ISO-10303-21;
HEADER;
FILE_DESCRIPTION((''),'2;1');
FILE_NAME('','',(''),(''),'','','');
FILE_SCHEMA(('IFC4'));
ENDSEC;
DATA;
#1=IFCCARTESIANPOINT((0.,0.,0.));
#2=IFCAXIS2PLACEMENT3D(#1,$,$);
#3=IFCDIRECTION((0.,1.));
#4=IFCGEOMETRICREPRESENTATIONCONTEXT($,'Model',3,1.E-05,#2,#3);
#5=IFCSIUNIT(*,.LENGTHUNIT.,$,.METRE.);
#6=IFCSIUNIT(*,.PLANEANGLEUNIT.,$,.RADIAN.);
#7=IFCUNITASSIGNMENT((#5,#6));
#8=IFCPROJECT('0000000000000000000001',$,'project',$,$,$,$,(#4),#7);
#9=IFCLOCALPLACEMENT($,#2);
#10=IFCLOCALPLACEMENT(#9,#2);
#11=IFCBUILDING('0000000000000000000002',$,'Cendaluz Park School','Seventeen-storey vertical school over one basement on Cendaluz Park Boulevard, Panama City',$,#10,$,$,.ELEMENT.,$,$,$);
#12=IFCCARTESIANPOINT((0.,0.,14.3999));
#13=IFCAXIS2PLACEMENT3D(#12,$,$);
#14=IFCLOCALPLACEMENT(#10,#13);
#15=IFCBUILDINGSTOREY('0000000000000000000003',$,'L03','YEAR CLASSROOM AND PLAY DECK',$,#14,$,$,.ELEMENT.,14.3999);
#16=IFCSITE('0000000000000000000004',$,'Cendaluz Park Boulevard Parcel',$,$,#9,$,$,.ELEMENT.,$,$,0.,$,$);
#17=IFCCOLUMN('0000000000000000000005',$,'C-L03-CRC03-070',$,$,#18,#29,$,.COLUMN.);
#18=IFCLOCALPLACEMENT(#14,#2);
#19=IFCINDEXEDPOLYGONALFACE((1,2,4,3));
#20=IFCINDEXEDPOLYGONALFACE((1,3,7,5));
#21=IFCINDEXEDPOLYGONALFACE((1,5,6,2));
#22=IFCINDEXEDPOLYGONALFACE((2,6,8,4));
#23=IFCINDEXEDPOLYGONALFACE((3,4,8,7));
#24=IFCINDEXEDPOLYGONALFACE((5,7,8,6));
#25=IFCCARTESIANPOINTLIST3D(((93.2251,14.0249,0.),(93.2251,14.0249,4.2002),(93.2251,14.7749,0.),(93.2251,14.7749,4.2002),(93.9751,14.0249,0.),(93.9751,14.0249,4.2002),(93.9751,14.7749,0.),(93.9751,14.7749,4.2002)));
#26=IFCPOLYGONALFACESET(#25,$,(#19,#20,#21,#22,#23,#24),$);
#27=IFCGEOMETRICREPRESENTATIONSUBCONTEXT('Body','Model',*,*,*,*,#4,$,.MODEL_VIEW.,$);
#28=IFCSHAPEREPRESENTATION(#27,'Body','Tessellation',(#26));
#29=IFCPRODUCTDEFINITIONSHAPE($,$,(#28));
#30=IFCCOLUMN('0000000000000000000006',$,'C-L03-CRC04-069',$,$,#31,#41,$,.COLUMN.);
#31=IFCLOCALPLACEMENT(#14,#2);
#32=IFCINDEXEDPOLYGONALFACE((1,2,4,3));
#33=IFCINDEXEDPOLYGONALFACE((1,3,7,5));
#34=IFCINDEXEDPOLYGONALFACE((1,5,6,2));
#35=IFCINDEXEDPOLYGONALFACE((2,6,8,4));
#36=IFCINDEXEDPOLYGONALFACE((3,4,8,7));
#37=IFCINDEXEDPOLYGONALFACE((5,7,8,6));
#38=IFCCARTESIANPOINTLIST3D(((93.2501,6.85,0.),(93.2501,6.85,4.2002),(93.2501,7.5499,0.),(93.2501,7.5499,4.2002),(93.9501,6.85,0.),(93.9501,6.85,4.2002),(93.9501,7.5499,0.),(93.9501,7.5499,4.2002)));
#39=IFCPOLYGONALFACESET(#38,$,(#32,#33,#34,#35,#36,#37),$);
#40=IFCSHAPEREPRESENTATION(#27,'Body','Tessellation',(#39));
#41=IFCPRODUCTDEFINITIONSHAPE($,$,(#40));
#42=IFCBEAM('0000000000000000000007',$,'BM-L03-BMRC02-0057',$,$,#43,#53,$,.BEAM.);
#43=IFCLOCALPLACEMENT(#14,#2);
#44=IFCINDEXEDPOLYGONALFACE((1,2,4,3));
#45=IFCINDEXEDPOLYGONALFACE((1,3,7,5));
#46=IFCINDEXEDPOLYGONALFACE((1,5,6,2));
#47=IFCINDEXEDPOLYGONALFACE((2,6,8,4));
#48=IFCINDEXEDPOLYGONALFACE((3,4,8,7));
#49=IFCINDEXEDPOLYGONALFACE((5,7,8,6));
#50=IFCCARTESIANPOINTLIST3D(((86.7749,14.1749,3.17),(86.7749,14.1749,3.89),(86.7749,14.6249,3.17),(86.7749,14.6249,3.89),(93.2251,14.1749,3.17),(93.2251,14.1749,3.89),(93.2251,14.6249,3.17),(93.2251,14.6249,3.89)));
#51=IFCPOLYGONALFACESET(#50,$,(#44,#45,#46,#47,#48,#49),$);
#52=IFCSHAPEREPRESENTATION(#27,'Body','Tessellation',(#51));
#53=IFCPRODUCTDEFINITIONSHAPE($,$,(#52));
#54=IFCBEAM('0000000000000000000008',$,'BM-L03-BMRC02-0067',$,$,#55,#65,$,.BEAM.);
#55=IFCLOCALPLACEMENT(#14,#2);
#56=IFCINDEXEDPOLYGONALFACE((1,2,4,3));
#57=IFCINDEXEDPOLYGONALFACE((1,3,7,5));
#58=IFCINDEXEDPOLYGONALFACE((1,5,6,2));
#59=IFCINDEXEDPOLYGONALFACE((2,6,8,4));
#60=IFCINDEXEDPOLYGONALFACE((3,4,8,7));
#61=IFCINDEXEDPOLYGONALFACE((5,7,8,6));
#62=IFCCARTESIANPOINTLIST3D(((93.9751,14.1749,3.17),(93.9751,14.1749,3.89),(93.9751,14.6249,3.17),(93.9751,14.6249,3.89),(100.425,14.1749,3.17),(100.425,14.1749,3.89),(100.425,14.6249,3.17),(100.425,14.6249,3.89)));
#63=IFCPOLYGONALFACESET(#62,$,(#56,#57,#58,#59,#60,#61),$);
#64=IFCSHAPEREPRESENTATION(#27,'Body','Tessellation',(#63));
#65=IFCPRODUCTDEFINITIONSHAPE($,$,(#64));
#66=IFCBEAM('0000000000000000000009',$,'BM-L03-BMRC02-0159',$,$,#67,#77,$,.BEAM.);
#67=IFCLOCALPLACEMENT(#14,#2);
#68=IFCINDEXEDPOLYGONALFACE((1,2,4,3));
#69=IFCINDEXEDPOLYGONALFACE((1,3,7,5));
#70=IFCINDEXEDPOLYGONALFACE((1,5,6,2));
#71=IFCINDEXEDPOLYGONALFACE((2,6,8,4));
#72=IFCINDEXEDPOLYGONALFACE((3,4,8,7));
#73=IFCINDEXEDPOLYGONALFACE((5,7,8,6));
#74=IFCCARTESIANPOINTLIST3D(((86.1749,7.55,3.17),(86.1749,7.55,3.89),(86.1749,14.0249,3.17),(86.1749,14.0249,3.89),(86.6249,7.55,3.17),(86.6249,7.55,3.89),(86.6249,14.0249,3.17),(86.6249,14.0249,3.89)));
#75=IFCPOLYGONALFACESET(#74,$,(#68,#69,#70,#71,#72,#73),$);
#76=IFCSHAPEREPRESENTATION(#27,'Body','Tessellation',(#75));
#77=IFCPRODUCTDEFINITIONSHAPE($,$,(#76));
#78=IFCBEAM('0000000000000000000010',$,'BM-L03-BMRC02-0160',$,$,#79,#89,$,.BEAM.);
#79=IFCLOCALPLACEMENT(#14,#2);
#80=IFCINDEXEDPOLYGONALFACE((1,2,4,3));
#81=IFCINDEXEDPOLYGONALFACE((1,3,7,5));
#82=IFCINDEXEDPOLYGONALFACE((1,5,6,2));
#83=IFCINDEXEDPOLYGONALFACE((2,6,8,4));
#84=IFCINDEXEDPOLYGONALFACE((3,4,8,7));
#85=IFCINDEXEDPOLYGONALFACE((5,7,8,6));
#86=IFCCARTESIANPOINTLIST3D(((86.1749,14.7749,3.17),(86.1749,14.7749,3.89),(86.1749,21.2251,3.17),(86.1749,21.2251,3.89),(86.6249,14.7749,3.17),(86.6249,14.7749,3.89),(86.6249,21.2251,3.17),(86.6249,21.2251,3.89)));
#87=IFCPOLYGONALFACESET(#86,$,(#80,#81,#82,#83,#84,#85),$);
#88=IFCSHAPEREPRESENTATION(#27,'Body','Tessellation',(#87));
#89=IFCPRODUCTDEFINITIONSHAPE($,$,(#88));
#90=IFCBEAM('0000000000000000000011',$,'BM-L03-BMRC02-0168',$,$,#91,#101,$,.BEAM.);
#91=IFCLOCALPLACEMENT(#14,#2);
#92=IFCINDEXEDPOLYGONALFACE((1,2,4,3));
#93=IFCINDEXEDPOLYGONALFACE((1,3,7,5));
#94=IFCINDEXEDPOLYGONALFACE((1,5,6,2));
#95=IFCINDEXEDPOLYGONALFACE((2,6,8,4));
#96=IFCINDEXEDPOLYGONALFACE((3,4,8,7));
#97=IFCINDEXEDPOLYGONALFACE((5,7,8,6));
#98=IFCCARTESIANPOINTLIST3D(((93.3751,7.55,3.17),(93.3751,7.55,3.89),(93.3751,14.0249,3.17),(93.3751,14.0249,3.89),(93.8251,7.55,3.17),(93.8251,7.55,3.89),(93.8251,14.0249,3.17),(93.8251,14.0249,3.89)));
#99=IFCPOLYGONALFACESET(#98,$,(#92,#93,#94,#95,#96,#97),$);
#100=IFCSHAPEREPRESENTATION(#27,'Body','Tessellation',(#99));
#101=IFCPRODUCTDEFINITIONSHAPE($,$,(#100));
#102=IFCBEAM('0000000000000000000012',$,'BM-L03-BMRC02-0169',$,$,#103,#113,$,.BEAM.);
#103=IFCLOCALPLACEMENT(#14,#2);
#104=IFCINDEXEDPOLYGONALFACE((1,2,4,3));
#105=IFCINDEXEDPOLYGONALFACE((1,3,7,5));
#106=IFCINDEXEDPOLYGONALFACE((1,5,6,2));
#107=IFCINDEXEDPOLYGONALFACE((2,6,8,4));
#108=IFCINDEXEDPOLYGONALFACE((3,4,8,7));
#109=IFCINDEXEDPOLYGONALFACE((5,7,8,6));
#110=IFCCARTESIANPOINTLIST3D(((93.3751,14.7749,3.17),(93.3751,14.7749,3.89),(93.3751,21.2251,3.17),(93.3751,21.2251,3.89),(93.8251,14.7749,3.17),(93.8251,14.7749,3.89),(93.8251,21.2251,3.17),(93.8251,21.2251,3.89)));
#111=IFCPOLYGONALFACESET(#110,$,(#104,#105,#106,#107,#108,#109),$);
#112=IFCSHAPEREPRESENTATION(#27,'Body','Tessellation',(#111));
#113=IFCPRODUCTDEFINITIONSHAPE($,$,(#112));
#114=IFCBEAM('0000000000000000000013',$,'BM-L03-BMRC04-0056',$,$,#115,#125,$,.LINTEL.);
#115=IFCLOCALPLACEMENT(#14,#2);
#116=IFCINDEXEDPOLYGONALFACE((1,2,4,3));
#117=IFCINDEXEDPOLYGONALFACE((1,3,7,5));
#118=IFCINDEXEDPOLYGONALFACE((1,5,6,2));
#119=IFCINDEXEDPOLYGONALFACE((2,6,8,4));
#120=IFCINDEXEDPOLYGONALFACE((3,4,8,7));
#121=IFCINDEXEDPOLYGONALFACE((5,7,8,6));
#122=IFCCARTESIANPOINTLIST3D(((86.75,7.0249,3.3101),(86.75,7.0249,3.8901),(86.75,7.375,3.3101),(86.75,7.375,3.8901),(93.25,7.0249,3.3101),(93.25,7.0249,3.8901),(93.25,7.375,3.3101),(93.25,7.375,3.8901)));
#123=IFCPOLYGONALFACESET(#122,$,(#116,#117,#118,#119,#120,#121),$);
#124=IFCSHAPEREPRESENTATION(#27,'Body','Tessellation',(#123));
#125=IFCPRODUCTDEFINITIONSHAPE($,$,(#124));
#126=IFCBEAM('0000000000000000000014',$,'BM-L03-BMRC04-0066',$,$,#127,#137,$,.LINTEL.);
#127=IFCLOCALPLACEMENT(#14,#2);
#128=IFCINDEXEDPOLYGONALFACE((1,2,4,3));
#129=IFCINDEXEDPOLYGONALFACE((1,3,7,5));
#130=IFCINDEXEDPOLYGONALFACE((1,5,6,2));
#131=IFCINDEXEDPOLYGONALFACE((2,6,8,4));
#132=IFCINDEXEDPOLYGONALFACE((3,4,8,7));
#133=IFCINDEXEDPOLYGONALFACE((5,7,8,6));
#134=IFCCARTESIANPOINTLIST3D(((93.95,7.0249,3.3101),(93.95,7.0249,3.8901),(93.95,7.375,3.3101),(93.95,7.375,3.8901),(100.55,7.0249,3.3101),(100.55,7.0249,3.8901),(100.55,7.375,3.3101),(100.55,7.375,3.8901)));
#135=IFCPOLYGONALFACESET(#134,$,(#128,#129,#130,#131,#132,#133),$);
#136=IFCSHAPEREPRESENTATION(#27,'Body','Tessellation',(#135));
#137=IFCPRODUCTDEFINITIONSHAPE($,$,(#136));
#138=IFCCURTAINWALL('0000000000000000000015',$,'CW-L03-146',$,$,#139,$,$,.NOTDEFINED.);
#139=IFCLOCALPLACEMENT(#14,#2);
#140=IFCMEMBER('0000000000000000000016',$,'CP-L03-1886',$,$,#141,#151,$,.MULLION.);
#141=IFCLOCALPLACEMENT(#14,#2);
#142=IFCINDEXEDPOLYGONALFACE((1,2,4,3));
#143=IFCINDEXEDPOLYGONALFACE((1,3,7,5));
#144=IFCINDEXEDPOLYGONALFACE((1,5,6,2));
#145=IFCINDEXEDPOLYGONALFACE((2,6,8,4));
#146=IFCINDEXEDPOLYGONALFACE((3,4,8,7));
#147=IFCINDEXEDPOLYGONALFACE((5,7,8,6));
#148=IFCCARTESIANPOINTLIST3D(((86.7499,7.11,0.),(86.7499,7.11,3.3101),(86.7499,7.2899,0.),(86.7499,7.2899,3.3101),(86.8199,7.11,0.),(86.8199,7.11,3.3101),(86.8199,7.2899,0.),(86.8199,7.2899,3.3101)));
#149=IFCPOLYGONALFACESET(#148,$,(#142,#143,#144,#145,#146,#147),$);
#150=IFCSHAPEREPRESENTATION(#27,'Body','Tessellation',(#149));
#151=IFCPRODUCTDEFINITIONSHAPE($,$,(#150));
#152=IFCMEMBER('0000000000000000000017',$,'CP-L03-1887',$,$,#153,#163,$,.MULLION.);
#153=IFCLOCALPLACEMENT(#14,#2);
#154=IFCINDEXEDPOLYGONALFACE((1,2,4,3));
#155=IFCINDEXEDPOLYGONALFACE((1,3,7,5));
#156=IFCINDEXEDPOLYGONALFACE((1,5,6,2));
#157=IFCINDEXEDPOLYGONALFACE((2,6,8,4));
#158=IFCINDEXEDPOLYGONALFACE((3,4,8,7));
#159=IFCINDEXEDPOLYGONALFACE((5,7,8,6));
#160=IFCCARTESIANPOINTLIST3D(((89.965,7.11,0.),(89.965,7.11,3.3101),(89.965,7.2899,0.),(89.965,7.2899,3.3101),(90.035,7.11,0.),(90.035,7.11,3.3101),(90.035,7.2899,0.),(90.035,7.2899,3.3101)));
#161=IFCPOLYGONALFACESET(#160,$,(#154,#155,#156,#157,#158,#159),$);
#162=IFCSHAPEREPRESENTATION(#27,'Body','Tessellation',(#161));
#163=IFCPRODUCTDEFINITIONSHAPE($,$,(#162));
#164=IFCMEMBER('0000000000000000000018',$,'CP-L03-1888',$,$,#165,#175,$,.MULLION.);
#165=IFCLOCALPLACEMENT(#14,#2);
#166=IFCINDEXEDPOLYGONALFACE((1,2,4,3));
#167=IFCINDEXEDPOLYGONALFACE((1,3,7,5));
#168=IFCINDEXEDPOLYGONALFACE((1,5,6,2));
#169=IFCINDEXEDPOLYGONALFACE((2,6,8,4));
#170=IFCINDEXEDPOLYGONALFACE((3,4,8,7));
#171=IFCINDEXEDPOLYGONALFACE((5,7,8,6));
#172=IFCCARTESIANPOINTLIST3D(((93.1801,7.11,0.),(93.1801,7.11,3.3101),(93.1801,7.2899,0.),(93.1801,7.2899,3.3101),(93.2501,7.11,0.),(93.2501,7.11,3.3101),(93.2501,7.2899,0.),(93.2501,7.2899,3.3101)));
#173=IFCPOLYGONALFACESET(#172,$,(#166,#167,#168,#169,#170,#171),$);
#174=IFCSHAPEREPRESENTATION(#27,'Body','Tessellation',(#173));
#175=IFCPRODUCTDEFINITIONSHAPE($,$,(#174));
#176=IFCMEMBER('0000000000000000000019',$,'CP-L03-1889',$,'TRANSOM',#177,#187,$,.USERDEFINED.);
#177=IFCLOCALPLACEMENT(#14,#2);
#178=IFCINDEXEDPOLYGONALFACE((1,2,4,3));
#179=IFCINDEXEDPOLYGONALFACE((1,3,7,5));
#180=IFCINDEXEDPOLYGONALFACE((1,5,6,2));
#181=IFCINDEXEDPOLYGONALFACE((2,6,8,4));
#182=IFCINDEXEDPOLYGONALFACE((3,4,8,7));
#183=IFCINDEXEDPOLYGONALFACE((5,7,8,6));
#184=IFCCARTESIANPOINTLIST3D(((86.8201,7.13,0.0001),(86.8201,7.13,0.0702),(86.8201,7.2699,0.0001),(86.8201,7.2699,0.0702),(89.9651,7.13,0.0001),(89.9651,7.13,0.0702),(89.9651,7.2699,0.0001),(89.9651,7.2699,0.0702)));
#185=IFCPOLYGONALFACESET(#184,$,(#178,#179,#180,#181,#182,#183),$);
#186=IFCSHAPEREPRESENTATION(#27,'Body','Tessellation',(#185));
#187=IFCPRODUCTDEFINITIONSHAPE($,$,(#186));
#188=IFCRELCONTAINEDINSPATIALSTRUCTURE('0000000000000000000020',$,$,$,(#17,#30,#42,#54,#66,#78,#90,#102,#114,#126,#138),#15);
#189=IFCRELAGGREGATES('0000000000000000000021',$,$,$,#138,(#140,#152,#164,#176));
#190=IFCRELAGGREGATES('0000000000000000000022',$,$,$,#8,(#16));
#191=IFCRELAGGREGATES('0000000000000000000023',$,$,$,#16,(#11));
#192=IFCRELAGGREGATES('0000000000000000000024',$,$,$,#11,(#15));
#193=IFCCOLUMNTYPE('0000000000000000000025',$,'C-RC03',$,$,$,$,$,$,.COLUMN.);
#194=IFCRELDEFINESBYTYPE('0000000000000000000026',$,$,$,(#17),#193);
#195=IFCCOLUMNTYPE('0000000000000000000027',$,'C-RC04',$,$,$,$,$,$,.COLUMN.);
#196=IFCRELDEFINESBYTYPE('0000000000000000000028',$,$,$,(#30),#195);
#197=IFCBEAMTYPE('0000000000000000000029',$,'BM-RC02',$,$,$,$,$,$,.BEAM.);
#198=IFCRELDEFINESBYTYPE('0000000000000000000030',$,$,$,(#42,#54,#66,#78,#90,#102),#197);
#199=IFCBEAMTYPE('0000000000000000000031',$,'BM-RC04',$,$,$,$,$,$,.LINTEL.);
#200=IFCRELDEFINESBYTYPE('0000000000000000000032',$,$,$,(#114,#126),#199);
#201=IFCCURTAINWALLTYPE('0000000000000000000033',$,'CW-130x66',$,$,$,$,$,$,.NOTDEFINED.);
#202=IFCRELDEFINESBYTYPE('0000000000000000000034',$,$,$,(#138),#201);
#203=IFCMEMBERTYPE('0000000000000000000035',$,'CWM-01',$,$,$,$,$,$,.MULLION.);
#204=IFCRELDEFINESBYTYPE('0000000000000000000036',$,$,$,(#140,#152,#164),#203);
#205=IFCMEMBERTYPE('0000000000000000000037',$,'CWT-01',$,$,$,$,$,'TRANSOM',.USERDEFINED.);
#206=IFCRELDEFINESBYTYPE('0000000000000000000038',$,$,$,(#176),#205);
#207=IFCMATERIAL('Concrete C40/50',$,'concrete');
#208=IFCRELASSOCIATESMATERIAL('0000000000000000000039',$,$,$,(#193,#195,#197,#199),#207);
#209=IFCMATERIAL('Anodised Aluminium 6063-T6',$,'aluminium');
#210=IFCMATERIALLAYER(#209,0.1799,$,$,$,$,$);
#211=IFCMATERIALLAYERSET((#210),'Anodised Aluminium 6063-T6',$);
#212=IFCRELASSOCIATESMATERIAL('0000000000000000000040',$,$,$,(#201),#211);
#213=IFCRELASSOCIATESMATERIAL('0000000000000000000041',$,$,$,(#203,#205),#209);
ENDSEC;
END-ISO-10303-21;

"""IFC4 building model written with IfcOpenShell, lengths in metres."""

from ifc_helpers import new_model, si_unit, direction, frame, origin, origin_2d, place, context, subcontext, project, spatial, rectangle, extrude, material, layer, layer_set, material_profile, profile_set, type_object, element, aggregate, save


model = new_model("IFC4")

# Units and contexts
model_context = context("Model", 3, precision=1e-05, world=origin(), true_north=direction((0.0, 1.0)))
body_context = subcontext(model_context, "Body", "Model", "MODEL_VIEW")
ifc_project = project(units=[si_unit("LENGTHUNIT", "METRE"), si_unit("PLANEANGLEUNIT", "RADIAN")], contexts=[model_context])

# Site, building, storey
site_placement = place(None, origin())
site = spatial("IfcSite", under=ifc_project, at=site_placement, Name="Cendaluz Park Boulevard Parcel", CompositionType="ELEMENT", RefElevation=0.0)
building_placement = place(site_placement, origin())
building = spatial("IfcBuilding", under=site, at=building_placement, Name="Cendaluz Park School", Description="Seventeen-storey vertical school over one basement on Cendaluz Park Boulevard, Panama City", CompositionType="ELEMENT")
storey_placement = place(building_placement, frame((0.0, 0.0, 14.3999)))
storey = spatial("IfcBuildingStorey", under=building, at=storey_placement, Name="L03", Description="YEAR CLASSROOM AND PLAY DECK", CompositionType="ELEMENT", Elevation=14.3999)

# Columns
ifc_material_1 = material(Name="Concrete C40/50", Category="concrete")
ifc_material_profile_1 = material_profile(ifc_material_1, rectangle(XDim=0.75, YDim=0.75, at=origin_2d()), Name="RC 750x750", Category="concrete")
ifc_profile_set_1 = profile_set([ifc_material_profile_1], Name="Concrete C40/50")
column_type_1 = type_object("IfcColumnType", Name="C-RC03", PredefinedType="COLUMN", material=ifc_profile_set_1)
column_1_placement = place(storey_placement, frame((93.6001, 14.3999, 0.0), z_axis=(0.0, 0.0, 1.0), x_axis=(1.0, 0.0, 0.0)))
element("IfcColumn", 1, at=column_1_placement, inside=storey, type_object=column_type_1, Name="C-L03-CRC03-070", PredefinedType="COLUMN", context=body_context, shape_type="SweptSolid", body=[
    extrude(rectangle(XDim=0.75, YDim=0.75, at=origin_2d()), origin(), (0.0, 0.0, 1.0), 4.2002),
])
ifc_material_profile_2 = material_profile(ifc_material_1, rectangle(XDim=0.7, YDim=0.7, at=origin_2d()), Name="RC 700x700", Category="concrete")
ifc_profile_set_2 = profile_set([ifc_material_profile_2], Name="Concrete C40/50")
column_type_2 = type_object("IfcColumnType", Name="C-RC04", PredefinedType="COLUMN", material=ifc_profile_set_2)
column_2_placement = place(storey_placement, frame((93.6001, 7.2, 0.0), z_axis=(0.0, 0.0, 1.0), x_axis=(1.0, 0.0, 0.0)))
element("IfcColumn", 2, at=column_2_placement, inside=storey, type_object=column_type_2, Name="C-L03-CRC04-069", PredefinedType="COLUMN", context=body_context, shape_type="SweptSolid", body=[
    extrude(rectangle(XDim=0.7, YDim=0.7, at=origin_2d()), origin(), (0.0, 0.0, 1.0), 4.2002),
])

# Beams
ifc_material_profile_3 = material_profile(ifc_material_1, rectangle(XDim=0.45, YDim=0.72, at=origin_2d()), Name="RC 450x720", Category="concrete")
ifc_profile_set_3 = profile_set([ifc_material_profile_3], Name="Concrete C40/50")
beam_type_1 = type_object("IfcBeamType", Name="BM-RC02", PredefinedType="BEAM", material=ifc_profile_set_3)
beam_1_placement = place(storey_placement, frame((86.7749, 14.3999, 3.53), z_axis=(1.0, 0.0, 0.0), x_axis=(0.0, 1.0, 0.0)))
element("IfcBeam", 3, at=beam_1_placement, inside=storey, type_object=beam_type_1, Name="BM-L03-BMRC02-0057", PredefinedType="BEAM", context=body_context, shape_type="SweptSolid", body=[
    extrude(rectangle(XDim=0.45, YDim=0.72, at=origin_2d()), origin(), (0.0, 0.0, 1.0), 6.4502),
])
beam_2_placement = place(storey_placement, frame((93.9751, 14.3999, 3.53), z_axis=(1.0, 0.0, 0.0), x_axis=(0.0, 1.0, 0.0)))
element("IfcBeam", 4, at=beam_2_placement, inside=storey, type_object=beam_type_1, Name="BM-L03-BMRC02-0067", PredefinedType="BEAM", context=body_context, shape_type="SweptSolid", body=[
    extrude(rectangle(XDim=0.45, YDim=0.72, at=origin_2d()), origin(), (0.0, 0.0, 1.0), 6.45),
])
beam_3_placement = place(storey_placement, frame((86.3999, 7.55, 3.53), z_axis=(0.0, 1.0, 0.0), x_axis=(-1.0, 0.0, 0.0)))
element("IfcBeam", 5, at=beam_3_placement, inside=storey, type_object=beam_type_1, Name="BM-L03-BMRC02-0159", PredefinedType="BEAM", context=body_context, shape_type="SweptSolid", body=[
    extrude(rectangle(XDim=0.45, YDim=0.72, at=origin_2d()), origin(), (0.0, 0.0, 1.0), 6.4749),
])
beam_4_placement = place(storey_placement, frame((86.3999, 14.7749, 3.53), z_axis=(0.0, 1.0, 0.0), x_axis=(-1.0, 0.0, 0.0)))
element("IfcBeam", 6, at=beam_4_placement, inside=storey, type_object=beam_type_1, Name="BM-L03-BMRC02-0160", PredefinedType="BEAM", context=body_context, shape_type="SweptSolid", body=[
    extrude(rectangle(XDim=0.45, YDim=0.72, at=origin_2d()), origin(), (0.0, 0.0, 1.0), 6.4502),
])
beam_5_placement = place(storey_placement, frame((93.6001, 7.55, 3.53), z_axis=(0.0, 1.0, 0.0), x_axis=(-1.0, 0.0, 0.0)))
element("IfcBeam", 7, at=beam_5_placement, inside=storey, type_object=beam_type_1, Name="BM-L03-BMRC02-0168", PredefinedType="BEAM", context=body_context, shape_type="SweptSolid", body=[
    extrude(rectangle(XDim=0.45, YDim=0.72, at=origin_2d()), origin(), (0.0, 0.0, 1.0), 6.4749),
])
beam_6_placement = place(storey_placement, frame((93.6001, 14.7749, 3.53), z_axis=(0.0, 1.0, 0.0), x_axis=(-1.0, 0.0, 0.0)))
element("IfcBeam", 8, at=beam_6_placement, inside=storey, type_object=beam_type_1, Name="BM-L03-BMRC02-0169", PredefinedType="BEAM", context=body_context, shape_type="SweptSolid", body=[
    extrude(rectangle(XDim=0.45, YDim=0.72, at=origin_2d()), origin(), (0.0, 0.0, 1.0), 6.4502),
])
ifc_material_profile_4 = material_profile(ifc_material_1, rectangle(XDim=0.3501, YDim=0.5801, at=origin_2d()), Name="RC 350x580", Category="concrete")
ifc_profile_set_4 = profile_set([ifc_material_profile_4], Name="Concrete C40/50")
beam_type_2 = type_object("IfcBeamType", Name="BM-RC04", PredefinedType="LINTEL", material=ifc_profile_set_4)
beam_7_placement = place(storey_placement, frame((86.75, 7.2, 3.6001), z_axis=(1.0, 0.0, 0.0), x_axis=(0.0, 1.0, 0.0)))
element("IfcBeam", 9, at=beam_7_placement, inside=storey, type_object=beam_type_2, Name="BM-L03-BMRC04-0056", PredefinedType="LINTEL", context=body_context, shape_type="SweptSolid", body=[
    extrude(rectangle(XDim=0.3501, YDim=0.5801, at=origin_2d()), origin(), (0.0, 0.0, 1.0), 6.5),
])
beam_8_placement = place(storey_placement, frame((93.95, 7.2, 3.6001), z_axis=(1.0, 0.0, 0.0), x_axis=(0.0, 1.0, 0.0)))
element("IfcBeam", 10, at=beam_8_placement, inside=storey, type_object=beam_type_2, Name="BM-L03-BMRC04-0066", PredefinedType="LINTEL", context=body_context, shape_type="SweptSolid", body=[
    extrude(rectangle(XDim=0.3501, YDim=0.5801, at=origin_2d()), origin(), (0.0, 0.0, 1.0), 6.6001),
])

# Curtain wall, members
ifc_material_2 = material(Name="Anodised Aluminium 6063-T6", Category="aluminium")
ifc_layer_1 = layer(ifc_material_2, 0.1799)
ifc_layer_set_1 = layer_set([ifc_layer_1], Name="Anodised Aluminium 6063-T6")
curtain_wall_type = type_object("IfcCurtainWallType", Name="CW-130x66", PredefinedType="NOTDEFINED", material=ifc_layer_set_1)
curtain_wall_placement = place(storey_placement, origin())
curtain_wall = element("IfcCurtainWall", 11, at=curtain_wall_placement, inside=storey, type_object=curtain_wall_type, Name="CW-L03-146", PredefinedType="NOTDEFINED")
ifc_material_profile_5 = material_profile(ifc_material_2, rectangle(XDim=0.1799, YDim=0.0701, at=origin_2d()), Name="CWM 180x70", Category="aluminium")
ifc_profile_set_5 = profile_set([ifc_material_profile_5], Name="Anodised Aluminium 6063-T6")
member_type_1 = type_object("IfcMemberType", Name="CWM-01", PredefinedType="MULLION", material=ifc_profile_set_5)
member_1_placement = place(storey_placement, frame((86.7849, 7.2, 0.0), z_axis=(0.0, 0.0, 1.0), x_axis=(0.0, 1.0, 0.0)))
member_1 = element("IfcMember", 12, at=member_1_placement, type_object=member_type_1, Name="CP-L03-1886", PredefinedType="MULLION", context=body_context, shape_type="SweptSolid", body=[
    extrude(rectangle(XDim=0.1799, YDim=0.0701, at=origin_2d()), origin(), (0.0, 0.0, 1.0), 3.3101),
])
member_2_placement = place(storey_placement, frame((90.0, 7.2, 0.0), z_axis=(0.0, 0.0, 1.0), x_axis=(0.0, 1.0, 0.0)))
member_2 = element("IfcMember", 13, at=member_2_placement, type_object=member_type_1, Name="CP-L03-1887", PredefinedType="MULLION", context=body_context, shape_type="SweptSolid", body=[
    extrude(rectangle(XDim=0.1799, YDim=0.0701, at=origin_2d()), origin(), (0.0, 0.0, 1.0), 3.3101),
])
member_3_placement = place(storey_placement, frame((93.2151, 7.2, 0.0), z_axis=(0.0, 0.0, 1.0), x_axis=(0.0, 1.0, 0.0)))
member_3 = element("IfcMember", 14, at=member_3_placement, type_object=member_type_1, Name="CP-L03-1888", PredefinedType="MULLION", context=body_context, shape_type="SweptSolid", body=[
    extrude(rectangle(XDim=0.1799, YDim=0.0701, at=origin_2d()), origin(), (0.0, 0.0, 1.0), 3.3101),
])
ifc_material_profile_6 = material_profile(ifc_material_2, rectangle(XDim=0.1399, YDim=0.0701, at=origin_2d()), Name="CWT 140x70", Category="aluminium")
ifc_profile_set_6 = profile_set([ifc_material_profile_6], Name="Anodised Aluminium 6063-T6")
member_type_2 = type_object("IfcMemberType", Name="CWT-01", ElementType="TRANSOM", PredefinedType="USERDEFINED", material=ifc_profile_set_6)
member_4_placement = place(storey_placement, frame((86.8201, 7.2, 0.0352), z_axis=(1.0, 0.0, 0.0), x_axis=(0.0, 1.0, 0.0)))
member_4 = element("IfcMember", 15, at=member_4_placement, type_object=member_type_2, Name="CP-L03-1889", ObjectType="TRANSOM", PredefinedType="USERDEFINED", context=body_context, shape_type="SweptSolid", body=[
    extrude(rectangle(XDim=0.1399, YDim=0.0701, at=origin_2d()), origin(), (0.0, 0.0, 1.0), 3.145),
])
aggregate(curtain_wall, [member_1, member_2, member_3, member_4])

save(model, "model.ifc")
